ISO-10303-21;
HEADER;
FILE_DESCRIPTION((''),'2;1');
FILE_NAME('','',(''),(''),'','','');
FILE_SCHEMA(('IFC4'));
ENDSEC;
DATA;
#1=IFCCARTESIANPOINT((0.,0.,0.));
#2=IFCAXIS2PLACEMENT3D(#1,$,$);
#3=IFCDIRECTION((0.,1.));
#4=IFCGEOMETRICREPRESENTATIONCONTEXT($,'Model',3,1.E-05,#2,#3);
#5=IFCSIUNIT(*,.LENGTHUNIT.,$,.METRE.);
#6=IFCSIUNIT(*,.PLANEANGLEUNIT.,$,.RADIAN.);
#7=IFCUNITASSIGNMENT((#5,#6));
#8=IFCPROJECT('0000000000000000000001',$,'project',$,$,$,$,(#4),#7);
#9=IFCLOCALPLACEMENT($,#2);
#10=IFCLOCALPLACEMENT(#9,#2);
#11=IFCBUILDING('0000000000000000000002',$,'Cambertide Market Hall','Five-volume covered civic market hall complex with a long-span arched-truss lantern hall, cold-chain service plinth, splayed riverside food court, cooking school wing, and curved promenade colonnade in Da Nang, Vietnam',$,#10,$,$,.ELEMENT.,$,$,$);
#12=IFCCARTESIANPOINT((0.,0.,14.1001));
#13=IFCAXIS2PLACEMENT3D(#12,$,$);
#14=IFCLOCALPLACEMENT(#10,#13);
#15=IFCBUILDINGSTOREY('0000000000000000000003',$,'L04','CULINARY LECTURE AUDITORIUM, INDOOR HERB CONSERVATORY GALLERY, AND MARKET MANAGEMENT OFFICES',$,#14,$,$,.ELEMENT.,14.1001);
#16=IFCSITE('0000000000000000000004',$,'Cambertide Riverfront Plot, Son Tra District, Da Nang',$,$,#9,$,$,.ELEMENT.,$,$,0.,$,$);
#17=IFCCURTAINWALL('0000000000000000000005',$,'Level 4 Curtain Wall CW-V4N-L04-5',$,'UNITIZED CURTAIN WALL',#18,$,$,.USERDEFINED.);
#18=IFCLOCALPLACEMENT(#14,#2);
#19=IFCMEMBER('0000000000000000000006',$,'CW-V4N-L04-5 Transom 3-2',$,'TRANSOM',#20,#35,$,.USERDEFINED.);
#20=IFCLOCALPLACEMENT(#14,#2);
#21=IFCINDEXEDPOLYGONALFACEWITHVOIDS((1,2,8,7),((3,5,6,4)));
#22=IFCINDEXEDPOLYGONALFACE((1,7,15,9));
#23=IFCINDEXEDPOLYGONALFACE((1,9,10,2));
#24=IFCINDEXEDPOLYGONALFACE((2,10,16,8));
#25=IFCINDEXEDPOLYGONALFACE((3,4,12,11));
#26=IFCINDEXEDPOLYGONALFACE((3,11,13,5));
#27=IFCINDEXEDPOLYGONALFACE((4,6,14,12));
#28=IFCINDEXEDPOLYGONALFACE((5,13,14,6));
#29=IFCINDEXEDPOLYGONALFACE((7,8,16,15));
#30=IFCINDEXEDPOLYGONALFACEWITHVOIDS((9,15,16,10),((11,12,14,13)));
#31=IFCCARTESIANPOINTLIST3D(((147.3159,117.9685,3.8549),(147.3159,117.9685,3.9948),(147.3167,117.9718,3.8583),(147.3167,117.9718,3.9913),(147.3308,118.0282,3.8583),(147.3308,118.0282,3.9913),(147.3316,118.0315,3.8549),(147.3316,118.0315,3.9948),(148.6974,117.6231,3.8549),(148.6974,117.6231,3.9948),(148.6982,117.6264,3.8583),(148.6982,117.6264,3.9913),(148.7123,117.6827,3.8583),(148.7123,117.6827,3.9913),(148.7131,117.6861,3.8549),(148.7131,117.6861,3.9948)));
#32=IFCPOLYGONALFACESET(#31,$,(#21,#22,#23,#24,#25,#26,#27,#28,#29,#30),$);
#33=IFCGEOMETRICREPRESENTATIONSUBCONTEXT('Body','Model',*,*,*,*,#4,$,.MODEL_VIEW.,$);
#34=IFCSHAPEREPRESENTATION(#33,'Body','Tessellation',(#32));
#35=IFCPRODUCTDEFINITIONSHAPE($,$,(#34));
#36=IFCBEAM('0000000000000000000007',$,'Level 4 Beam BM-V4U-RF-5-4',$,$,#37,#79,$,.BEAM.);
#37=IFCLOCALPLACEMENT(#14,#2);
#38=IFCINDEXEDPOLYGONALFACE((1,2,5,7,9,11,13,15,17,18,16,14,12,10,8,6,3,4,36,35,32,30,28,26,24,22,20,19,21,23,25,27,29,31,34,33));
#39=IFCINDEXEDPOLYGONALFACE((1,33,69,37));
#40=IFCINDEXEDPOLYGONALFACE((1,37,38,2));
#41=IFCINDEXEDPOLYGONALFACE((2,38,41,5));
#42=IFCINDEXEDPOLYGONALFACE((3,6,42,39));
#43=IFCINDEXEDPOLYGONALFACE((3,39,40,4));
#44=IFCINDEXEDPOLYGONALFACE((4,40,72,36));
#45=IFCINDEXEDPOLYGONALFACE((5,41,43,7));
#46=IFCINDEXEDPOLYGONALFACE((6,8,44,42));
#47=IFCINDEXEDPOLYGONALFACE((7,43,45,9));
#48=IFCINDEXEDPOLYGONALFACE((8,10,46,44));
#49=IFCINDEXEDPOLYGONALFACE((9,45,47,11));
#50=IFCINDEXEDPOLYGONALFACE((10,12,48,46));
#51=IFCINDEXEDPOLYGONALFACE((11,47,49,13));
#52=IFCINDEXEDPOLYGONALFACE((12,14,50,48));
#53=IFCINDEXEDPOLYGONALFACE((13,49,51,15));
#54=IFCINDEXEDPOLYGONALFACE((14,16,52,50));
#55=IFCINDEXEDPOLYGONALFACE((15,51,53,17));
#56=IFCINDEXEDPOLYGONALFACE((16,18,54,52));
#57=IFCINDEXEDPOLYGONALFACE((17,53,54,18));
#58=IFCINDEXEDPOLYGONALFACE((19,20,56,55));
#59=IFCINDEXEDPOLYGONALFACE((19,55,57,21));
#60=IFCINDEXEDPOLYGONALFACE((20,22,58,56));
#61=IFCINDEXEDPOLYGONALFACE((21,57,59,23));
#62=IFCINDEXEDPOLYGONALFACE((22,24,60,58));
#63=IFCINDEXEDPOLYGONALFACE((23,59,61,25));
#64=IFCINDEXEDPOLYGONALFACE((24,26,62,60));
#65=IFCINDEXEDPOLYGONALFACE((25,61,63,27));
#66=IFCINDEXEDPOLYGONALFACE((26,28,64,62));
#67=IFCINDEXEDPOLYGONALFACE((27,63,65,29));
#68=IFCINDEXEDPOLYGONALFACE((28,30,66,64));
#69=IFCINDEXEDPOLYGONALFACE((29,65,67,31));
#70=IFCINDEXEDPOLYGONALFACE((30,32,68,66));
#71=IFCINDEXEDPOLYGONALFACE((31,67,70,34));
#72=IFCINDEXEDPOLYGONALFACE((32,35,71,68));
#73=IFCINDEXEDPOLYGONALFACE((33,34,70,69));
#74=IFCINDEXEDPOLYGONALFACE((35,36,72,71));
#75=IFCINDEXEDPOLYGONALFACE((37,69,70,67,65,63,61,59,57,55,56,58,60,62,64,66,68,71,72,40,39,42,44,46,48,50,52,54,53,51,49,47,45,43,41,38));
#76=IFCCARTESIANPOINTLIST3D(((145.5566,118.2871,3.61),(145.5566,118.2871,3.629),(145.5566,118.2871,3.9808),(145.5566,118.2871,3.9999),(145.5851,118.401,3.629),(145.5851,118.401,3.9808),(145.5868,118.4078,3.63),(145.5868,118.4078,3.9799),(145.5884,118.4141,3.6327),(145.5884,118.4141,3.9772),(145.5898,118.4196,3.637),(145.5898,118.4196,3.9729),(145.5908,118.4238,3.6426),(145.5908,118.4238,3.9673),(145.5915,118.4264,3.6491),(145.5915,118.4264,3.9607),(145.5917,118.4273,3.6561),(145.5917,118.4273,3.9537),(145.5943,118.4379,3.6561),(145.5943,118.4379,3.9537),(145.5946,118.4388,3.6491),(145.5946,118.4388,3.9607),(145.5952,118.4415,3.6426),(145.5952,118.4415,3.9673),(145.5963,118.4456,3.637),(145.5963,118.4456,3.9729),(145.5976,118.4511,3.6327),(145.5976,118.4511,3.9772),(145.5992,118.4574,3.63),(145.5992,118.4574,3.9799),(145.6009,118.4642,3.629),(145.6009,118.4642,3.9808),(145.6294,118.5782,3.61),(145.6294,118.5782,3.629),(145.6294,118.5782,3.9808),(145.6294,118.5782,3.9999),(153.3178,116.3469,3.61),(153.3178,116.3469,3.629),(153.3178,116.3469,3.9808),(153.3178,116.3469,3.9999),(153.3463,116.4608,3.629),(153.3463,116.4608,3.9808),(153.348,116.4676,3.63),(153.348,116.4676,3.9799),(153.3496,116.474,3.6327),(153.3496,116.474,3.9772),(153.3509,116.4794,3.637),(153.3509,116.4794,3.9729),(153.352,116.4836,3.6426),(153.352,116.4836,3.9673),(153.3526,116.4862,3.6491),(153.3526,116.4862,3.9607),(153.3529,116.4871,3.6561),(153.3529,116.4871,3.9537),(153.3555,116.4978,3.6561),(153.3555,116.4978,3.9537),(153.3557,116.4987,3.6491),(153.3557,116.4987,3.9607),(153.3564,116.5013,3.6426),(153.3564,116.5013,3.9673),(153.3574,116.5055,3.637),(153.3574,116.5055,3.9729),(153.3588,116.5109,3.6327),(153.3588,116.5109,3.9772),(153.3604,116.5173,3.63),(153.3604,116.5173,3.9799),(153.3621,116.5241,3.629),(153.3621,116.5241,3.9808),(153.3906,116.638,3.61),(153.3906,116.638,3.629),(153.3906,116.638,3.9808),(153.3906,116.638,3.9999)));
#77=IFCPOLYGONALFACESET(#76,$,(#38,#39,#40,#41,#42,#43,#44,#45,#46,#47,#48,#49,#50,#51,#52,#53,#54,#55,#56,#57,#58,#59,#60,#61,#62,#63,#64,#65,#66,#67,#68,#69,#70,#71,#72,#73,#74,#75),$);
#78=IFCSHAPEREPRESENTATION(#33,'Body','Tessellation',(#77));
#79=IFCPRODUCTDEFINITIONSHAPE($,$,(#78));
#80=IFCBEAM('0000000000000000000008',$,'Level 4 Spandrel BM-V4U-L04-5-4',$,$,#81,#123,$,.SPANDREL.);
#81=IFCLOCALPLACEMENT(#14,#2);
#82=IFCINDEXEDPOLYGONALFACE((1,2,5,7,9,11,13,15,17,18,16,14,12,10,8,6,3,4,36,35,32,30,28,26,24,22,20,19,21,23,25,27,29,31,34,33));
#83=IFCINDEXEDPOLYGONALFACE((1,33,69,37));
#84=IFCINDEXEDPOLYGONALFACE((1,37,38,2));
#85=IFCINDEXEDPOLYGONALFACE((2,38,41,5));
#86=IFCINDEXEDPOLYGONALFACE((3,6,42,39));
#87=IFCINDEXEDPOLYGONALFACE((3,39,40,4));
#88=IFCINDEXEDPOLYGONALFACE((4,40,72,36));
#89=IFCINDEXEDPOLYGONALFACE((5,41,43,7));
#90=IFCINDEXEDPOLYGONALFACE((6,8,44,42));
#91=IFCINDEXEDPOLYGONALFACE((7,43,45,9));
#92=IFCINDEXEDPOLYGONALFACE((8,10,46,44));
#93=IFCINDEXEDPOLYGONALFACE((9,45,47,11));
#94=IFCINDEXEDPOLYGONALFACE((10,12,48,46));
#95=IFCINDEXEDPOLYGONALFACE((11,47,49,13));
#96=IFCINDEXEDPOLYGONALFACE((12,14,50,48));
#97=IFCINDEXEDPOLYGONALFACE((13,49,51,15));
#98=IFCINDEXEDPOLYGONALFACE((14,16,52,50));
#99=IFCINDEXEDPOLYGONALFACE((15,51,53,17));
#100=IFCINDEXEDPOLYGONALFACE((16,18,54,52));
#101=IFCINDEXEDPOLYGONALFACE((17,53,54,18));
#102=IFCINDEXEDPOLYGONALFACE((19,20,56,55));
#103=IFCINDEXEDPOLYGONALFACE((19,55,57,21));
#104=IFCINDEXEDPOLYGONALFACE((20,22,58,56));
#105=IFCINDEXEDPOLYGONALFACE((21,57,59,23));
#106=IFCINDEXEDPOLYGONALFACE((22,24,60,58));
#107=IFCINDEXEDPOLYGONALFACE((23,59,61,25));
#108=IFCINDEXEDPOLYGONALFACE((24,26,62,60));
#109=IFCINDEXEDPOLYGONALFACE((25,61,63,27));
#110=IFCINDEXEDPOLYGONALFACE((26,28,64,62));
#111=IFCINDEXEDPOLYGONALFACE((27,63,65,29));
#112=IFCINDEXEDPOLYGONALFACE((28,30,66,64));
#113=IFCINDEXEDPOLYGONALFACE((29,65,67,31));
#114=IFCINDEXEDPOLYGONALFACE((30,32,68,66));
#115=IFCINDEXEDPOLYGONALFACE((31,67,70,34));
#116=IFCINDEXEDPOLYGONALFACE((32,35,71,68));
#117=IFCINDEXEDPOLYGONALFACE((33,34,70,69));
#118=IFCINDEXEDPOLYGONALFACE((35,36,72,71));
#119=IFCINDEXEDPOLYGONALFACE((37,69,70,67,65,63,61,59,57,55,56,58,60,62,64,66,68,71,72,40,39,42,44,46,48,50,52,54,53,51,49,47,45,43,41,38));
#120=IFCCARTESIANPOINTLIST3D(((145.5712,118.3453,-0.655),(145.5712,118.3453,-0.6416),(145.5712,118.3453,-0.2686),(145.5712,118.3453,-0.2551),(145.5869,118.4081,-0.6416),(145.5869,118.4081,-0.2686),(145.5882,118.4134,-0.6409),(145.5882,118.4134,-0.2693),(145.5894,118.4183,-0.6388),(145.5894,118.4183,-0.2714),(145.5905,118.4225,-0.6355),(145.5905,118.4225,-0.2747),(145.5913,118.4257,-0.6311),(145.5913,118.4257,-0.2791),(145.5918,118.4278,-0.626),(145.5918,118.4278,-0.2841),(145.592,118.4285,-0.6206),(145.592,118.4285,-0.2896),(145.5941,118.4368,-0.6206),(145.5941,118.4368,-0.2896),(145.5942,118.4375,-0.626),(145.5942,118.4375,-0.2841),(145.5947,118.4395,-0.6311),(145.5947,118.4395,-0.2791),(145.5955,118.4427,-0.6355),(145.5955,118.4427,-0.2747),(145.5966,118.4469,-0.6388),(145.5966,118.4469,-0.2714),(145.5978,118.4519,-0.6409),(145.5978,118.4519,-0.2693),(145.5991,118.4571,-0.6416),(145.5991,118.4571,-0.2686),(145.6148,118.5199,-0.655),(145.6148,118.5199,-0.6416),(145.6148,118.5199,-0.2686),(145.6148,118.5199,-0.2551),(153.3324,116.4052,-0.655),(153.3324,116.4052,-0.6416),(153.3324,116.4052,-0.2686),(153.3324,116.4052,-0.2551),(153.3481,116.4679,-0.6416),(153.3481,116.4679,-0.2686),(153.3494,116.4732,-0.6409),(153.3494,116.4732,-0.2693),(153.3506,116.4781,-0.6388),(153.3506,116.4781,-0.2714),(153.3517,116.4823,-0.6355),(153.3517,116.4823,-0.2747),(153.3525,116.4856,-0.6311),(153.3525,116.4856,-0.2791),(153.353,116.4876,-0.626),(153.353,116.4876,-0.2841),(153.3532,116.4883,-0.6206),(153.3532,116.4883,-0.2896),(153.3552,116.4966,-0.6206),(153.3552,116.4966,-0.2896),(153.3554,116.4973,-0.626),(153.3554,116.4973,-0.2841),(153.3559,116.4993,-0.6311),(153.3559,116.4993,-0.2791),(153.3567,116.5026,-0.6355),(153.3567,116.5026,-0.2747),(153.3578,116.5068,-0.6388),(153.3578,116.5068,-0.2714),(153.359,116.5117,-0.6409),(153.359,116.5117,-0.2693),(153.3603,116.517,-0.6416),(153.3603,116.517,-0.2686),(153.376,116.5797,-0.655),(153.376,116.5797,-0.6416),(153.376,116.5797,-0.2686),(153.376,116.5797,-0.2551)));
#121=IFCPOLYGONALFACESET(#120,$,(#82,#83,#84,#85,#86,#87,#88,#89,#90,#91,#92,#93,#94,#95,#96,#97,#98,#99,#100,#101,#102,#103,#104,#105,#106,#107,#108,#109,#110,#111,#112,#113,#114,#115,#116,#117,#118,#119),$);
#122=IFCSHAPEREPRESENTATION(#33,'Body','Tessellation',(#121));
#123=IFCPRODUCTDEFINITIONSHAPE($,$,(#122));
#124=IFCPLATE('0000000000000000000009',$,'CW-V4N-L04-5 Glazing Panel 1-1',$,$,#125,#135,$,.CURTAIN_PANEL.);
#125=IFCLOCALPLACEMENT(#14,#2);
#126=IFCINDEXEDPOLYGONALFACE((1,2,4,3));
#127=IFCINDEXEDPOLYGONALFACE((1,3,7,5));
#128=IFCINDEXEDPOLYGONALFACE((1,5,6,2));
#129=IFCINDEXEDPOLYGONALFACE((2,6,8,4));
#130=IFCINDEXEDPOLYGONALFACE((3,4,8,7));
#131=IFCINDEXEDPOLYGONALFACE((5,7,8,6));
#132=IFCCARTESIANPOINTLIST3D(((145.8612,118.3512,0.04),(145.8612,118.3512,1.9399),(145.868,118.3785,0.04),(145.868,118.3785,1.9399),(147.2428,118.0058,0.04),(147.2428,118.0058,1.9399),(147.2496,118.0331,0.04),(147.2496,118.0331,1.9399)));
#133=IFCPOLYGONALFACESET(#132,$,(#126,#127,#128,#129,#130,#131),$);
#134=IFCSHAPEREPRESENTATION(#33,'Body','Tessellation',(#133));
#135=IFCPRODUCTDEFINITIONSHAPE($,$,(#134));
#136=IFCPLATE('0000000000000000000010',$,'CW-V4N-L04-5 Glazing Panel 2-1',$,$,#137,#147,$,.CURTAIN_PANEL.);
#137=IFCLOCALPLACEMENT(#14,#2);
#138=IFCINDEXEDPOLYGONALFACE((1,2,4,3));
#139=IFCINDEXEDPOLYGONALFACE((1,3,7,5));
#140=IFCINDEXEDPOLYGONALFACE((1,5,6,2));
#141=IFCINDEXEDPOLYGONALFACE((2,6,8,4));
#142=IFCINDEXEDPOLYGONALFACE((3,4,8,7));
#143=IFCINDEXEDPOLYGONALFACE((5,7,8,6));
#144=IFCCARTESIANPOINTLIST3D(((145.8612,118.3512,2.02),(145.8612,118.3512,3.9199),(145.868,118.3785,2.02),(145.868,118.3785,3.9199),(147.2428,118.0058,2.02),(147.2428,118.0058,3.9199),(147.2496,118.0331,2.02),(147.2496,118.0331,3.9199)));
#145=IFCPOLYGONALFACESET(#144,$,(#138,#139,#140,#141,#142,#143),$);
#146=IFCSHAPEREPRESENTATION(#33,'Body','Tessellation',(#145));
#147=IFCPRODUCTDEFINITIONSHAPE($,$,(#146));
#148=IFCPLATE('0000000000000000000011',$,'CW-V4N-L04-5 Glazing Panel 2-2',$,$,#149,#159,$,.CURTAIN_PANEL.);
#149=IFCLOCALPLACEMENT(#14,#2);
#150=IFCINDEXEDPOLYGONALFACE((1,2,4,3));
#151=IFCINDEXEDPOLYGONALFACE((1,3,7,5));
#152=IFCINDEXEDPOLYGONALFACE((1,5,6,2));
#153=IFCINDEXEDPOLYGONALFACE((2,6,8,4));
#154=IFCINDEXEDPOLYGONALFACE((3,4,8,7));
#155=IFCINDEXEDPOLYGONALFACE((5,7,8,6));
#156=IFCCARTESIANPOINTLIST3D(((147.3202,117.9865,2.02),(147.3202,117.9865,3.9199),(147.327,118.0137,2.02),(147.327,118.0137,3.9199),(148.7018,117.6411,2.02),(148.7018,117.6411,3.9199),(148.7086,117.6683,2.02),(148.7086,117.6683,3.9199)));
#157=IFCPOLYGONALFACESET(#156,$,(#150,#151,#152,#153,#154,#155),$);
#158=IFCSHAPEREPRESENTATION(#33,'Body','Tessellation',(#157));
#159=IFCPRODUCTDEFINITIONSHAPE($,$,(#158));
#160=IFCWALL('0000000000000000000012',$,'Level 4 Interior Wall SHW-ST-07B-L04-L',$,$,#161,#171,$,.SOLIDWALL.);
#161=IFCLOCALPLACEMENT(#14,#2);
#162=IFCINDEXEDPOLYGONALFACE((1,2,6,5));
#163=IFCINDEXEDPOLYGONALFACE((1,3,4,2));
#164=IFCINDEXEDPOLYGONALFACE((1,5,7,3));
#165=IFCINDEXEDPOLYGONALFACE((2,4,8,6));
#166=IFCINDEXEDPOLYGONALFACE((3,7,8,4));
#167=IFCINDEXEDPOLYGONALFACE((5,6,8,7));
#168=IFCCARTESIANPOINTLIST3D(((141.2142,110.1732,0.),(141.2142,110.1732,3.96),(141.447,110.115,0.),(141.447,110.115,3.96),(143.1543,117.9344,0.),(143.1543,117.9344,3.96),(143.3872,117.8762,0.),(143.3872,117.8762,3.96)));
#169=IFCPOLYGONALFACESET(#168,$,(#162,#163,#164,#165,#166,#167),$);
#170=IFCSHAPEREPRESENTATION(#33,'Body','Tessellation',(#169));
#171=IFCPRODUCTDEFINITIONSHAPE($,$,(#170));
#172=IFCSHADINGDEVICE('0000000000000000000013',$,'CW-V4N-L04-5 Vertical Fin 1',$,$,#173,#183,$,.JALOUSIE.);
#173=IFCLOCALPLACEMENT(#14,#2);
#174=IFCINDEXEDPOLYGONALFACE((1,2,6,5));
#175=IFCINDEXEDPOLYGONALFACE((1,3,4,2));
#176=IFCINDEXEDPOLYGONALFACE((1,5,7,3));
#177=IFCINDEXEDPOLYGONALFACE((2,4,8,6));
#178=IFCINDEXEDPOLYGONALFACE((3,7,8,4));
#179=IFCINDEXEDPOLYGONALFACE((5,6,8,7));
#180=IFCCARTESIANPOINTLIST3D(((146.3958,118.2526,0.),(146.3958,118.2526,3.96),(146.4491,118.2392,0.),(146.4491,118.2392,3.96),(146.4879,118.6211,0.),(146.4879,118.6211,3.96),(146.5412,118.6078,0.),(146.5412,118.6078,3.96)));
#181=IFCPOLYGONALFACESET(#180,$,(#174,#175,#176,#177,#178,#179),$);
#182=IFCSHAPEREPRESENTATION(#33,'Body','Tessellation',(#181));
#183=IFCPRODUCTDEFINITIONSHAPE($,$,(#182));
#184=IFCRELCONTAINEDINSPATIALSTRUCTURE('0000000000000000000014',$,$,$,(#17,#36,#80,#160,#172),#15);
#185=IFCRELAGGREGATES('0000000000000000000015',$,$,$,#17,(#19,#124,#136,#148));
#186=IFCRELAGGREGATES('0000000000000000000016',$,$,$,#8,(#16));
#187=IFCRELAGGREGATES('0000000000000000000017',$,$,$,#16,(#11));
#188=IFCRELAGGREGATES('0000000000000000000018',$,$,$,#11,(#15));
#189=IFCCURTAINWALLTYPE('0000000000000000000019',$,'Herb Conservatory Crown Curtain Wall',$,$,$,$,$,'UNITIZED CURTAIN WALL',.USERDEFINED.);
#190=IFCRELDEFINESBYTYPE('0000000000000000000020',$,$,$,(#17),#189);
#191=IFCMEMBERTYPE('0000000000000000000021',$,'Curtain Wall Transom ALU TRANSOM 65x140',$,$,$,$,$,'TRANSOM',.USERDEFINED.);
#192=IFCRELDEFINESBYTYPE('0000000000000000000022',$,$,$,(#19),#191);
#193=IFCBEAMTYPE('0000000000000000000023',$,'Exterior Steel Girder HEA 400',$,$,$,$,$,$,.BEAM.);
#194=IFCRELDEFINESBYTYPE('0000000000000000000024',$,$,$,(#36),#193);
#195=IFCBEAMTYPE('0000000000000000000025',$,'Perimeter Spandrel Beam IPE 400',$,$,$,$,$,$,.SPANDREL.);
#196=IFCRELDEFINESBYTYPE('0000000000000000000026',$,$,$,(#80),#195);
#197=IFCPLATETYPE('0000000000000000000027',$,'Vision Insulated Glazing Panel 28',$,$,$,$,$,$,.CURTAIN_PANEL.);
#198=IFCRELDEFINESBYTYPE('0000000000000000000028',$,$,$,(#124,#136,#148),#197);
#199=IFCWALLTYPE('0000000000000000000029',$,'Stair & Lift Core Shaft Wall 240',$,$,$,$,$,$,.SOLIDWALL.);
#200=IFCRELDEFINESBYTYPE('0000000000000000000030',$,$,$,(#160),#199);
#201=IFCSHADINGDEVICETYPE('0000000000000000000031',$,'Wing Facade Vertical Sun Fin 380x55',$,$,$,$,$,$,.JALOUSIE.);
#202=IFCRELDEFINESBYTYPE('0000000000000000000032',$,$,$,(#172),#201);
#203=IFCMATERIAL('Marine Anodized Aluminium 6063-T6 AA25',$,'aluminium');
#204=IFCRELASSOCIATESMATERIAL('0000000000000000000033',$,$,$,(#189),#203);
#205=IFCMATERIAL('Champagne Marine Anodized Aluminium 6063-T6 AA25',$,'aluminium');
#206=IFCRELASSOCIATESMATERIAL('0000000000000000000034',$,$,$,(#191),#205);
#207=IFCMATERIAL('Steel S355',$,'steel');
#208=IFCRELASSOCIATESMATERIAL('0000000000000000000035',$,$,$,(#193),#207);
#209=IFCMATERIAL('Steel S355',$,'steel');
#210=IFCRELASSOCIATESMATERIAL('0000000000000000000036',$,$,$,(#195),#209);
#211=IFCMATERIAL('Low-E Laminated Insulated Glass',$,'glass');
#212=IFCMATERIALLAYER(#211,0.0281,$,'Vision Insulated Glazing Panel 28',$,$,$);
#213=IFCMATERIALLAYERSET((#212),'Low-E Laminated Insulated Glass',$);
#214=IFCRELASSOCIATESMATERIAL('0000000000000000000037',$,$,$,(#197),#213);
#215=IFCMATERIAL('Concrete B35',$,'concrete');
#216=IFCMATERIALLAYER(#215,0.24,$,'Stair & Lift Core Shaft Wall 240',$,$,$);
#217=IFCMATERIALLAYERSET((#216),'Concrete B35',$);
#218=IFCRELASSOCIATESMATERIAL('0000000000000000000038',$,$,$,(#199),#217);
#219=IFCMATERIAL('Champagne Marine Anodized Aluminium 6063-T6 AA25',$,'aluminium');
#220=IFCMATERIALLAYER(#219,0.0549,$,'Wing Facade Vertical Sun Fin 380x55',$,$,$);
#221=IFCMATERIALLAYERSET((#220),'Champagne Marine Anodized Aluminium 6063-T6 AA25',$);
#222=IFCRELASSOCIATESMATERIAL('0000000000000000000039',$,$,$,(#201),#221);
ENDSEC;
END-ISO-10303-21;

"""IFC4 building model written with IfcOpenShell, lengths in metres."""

from ifc_helpers import new_model, si_unit, direction, frame, frame_2d, origin, origin_2d, place, context, subcontext, project, spatial, rectangle, hollow_rectangle, i_section, extrude, material, layer, layer_set, material_profile, profile_set, type_object, element, aggregate, save


model = new_model("IFC4")

# Units and contexts
model_context = context("Model", 3, precision=1e-05, world=origin(), true_north=direction((0.0, 1.0)))
body_context = subcontext(model_context, "Body", "Model", "MODEL_VIEW")
ifc_project = project(units=[si_unit("LENGTHUNIT", "METRE"), si_unit("PLANEANGLEUNIT", "RADIAN")], contexts=[model_context])

# Site, building, storey
site_placement = place(None, origin())
site = spatial("IfcSite", under=ifc_project, at=site_placement, Name="Cambertide Riverfront Plot, Son Tra District, Da Nang", CompositionType="ELEMENT", RefElevation=0.0)
building_placement = place(site_placement, origin())
building = spatial("IfcBuilding", under=site, at=building_placement, Name="Cambertide Market Hall", Description="Five-volume covered civic market hall complex with a long-span arched-truss lantern hall, cold-chain service plinth, splayed riverside food court, cooking school wing, and curved promenade colonnade in Da Nang, Vietnam", CompositionType="ELEMENT")
storey_placement = place(building_placement, frame((0.0, 0.0, 14.1001)))
storey = spatial("IfcBuildingStorey", under=building, at=storey_placement, Name="L04", Description="CULINARY LECTURE AUDITORIUM, INDOOR HERB CONSERVATORY GALLERY, AND MARKET MANAGEMENT OFFICES", CompositionType="ELEMENT", Elevation=14.1001)

# Shared definitions
ifc_material_1 = material(Name="Marine Anodized Aluminium 6063-T6 AA25", Category="aluminium")
curtain_wall_type = type_object("IfcCurtainWallType", Name="Herb Conservatory Crown Curtain Wall", ElementType="UNITIZED CURTAIN WALL", PredefinedType="USERDEFINED", material=ifc_material_1)

# Curtain wall, member
curtain_wall_1_placement = place(storey_placement, origin())
curtain_wall_1 = element("IfcCurtainWall", 1, at=curtain_wall_1_placement, inside=storey, type_object=curtain_wall_type, Name="Level 4 Curtain Wall CW-V4N-L04-5", ObjectType="UNITIZED CURTAIN WALL", PredefinedType="USERDEFINED")
ifc_material_2 = material(Name="Champagne Marine Anodized Aluminium 6063-T6 AA25", Category="aluminium")
ifc_material_profile_1 = material_profile(ifc_material_2, hollow_rectangle(XDim=0.0649, YDim=0.1399, WallThickness=0.0034, at=origin_2d()), Name="ALU TRANSOM 65x140")
ifc_profile_set_1 = profile_set([ifc_material_profile_1], Name="Champagne Marine Anodized Aluminium 6063-T6 AA25")
member_type_1 = type_object("IfcMemberType", Name="Curtain Wall Transom ALU TRANSOM 65x140", ElementType="TRANSOM", PredefinedType="USERDEFINED", material=ifc_profile_set_1)
member_1_placement = place(storey_placement, frame((147.3237, 118.0, 3.9248), z_axis=(0.970132, -0.242576, 0.0), x_axis=(0.242576, 0.970132, 0.0)))
member_1 = element("IfcMember", 2, at=member_1_placement, type_object=member_type_1, Name="CW-V4N-L04-5 Transom 3-2", ObjectType="TRANSOM", PredefinedType="USERDEFINED", context=body_context, shape_type="SweptSolid", body=[
    extrude(hollow_rectangle(XDim=0.0649, YDim=0.1399, WallThickness=0.0034, at=origin_2d()), origin(), (0.0, 0.0, 1.0), 1.4241),
])

# Beams
ifc_material_3 = material(Name="Steel S355", Category="steel")
ifc_material_profile_2 = material_profile(ifc_material_3, i_section(OverallWidth=0.3, OverallDepth=0.3899, WebThickness=0.011, FlangeThickness=0.019, FilletRadius=0.0271, at=origin_2d()), Name="HEA 400")
ifc_profile_set_2 = profile_set([ifc_material_profile_2], Name="Steel S355")
beam_type_1 = type_object("IfcBeamType", Name="Exterior Steel Girder HEA 400", PredefinedType="BEAM", material=ifc_profile_set_2)
beam_1_placement = place(storey_placement, frame((145.593, 118.4326, 3.8049), z_axis=(0.970146, -0.242521, 0.0), x_axis=(0.242521, 0.970146, 0.0)))
element("IfcBeam", 3, at=beam_1_placement, inside=storey, type_object=beam_type_1, Name="Level 4 Beam BM-V4U-RF-5-4", PredefinedType="BEAM", context=body_context, shape_type="SweptSolid", body=[
    extrude(i_section(OverallWidth=0.3, OverallDepth=0.3899, WebThickness=0.011, FlangeThickness=0.019, FilletRadius=0.0271, at=origin_2d()), origin(), (0.0, 0.0, 1.0), 8.0),
])
ifc_material_4 = material(Name="Steel S355", Category="steel")
ifc_material_profile_3 = material_profile(ifc_material_4, i_section(OverallWidth=0.1799, OverallDepth=0.3999, WebThickness=0.0085, FlangeThickness=0.0134, FilletRadius=0.021, at=origin_2d()), Name="IPE 400")
ifc_profile_set_3 = profile_set([ifc_material_profile_3], Name="Steel S355")
beam_type_2 = type_object("IfcBeamType", Name="Perimeter Spandrel Beam IPE 400", PredefinedType="SPANDREL", material=ifc_profile_set_3)
beam_2_placement = place(storey_placement, frame((145.593, 118.4326, -0.4551), z_axis=(0.970146, -0.242521, 0.0), x_axis=(0.242521, 0.970146, 0.0)))
element("IfcBeam", 4, at=beam_2_placement, inside=storey, type_object=beam_type_2, Name="Level 4 Spandrel BM-V4U-L04-5-4", PredefinedType="SPANDREL", context=body_context, shape_type="SweptSolid", body=[
    extrude(i_section(OverallWidth=0.1799, OverallDepth=0.3999, WebThickness=0.0085, FlangeThickness=0.0134, FilletRadius=0.021, at=origin_2d()), origin(), (0.0, 0.0, 1.0), 8.0),
])

# Plates
ifc_material_5 = material(Name="Low-E Laminated Insulated Glass", Category="glass")
ifc_layer_1 = layer(ifc_material_5, 0.0281, Name="Vision Insulated Glazing Panel 28")
ifc_layer_set_1 = layer_set([ifc_layer_1], Name="Low-E Laminated Insulated Glass")
plate_type = type_object("IfcPlateType", Name="Vision Insulated Glazing Panel 28", PredefinedType="CURTAIN_PANEL", material=ifc_layer_set_1)
plate_1_placement = place(storey_placement, frame((146.5554, 118.1921, 0.04), z_axis=(0.0, 0.0, 1.0), x_axis=(0.970143, -0.242536, 0.0)))
plate_1 = element("IfcPlate", 5, at=plate_1_placement, type_object=plate_type, Name="CW-V4N-L04-5 Glazing Panel 1-1", PredefinedType="CURTAIN_PANEL", context=body_context, shape_type="SweptSolid", body=[
    extrude(rectangle(XDim=1.4241, YDim=0.0281, at=origin_2d()), origin(), (0.0, 0.0, 1.0), 1.8999),
])
plate_2_placement = place(storey_placement, frame((146.5554, 118.1921, 2.02), z_axis=(0.0, 0.0, 1.0), x_axis=(0.970143, -0.242536, 0.0)))
plate_2 = element("IfcPlate", 6, at=plate_2_placement, type_object=plate_type, Name="CW-V4N-L04-5 Glazing Panel 2-1", PredefinedType="CURTAIN_PANEL", context=body_context, shape_type="SweptSolid", body=[
    extrude(rectangle(XDim=1.4241, YDim=0.0281, at=origin_2d()), origin(), (0.0, 0.0, 1.0), 1.8999),
])
plate_3_placement = place(storey_placement, frame((148.0144, 117.8274, 2.02), z_axis=(0.0, 0.0, 1.0), x_axis=(0.970143, -0.242536, 0.0)))
plate_3 = element("IfcPlate", 7, at=plate_3_placement, type_object=plate_type, Name="CW-V4N-L04-5 Glazing Panel 2-2", PredefinedType="CURTAIN_PANEL", context=body_context, shape_type="SweptSolid", body=[
    extrude(rectangle(XDim=1.4241, YDim=0.0281, at=origin_2d()), origin(), (0.0, 0.0, 1.0), 1.8999),
])
aggregate(curtain_wall_1, [member_1, plate_1, plate_2, plate_3])

# Wall
ifc_material_6 = material(Name="Concrete B35", Category="concrete")
ifc_layer_2 = layer(ifc_material_6, 0.24, Name="Stair & Lift Core Shaft Wall 240")
ifc_layer_set_2 = layer_set([ifc_layer_2], Name="Concrete B35")
wall_type = type_object("IfcWallType", Name="Stair & Lift Core Shaft Wall 240", PredefinedType="SOLIDWALL", material=ifc_layer_set_2)
wall_placement = place(storey_placement, frame((143.2708, 117.9053, 0.0), z_axis=(0.0, 0.0, 1.0), x_axis=(-0.242521, -0.970146, 0.0)))
element("IfcWall", 8, at=wall_placement, inside=storey, type_object=wall_type, Name="Level 4 Interior Wall SHW-ST-07B-L04-L", PredefinedType="SOLIDWALL", context=body_context, shape_type="SweptSolid", body=[
    extrude(rectangle(XDim=8.0, YDim=0.24, at=frame_2d((4.0, 0.0))), origin(), (0.0, 0.0, 1.0), 3.96),
])

# Shading device
ifc_material_7 = material(Name="Champagne Marine Anodized Aluminium 6063-T6 AA25", Category="aluminium")
ifc_layer_3 = layer(ifc_material_7, 0.0549, Name="Wing Facade Vertical Sun Fin 380x55")
ifc_layer_set_3 = layer_set([ifc_layer_3], Name="Champagne Marine Anodized Aluminium 6063-T6 AA25")
shading_device_type = type_object("IfcShadingDeviceType", Name="Wing Facade Vertical Sun Fin 380x55", PredefinedType="JALOUSIE", material=ifc_layer_set_3)
for number, where, z_axis, x_axis, name in (
    (9, (146.4685, 118.4302, 0.0), (0.0, 0.0, 1.0), (0.970143, -0.242536, 0.0), "CW-V4N-L04-5 Vertical Fin 1"),
):
    element("IfcShadingDevice", number, at=place(storey_placement, frame(where, z_axis=z_axis, x_axis=x_axis)), inside=storey, type_object=shading_device_type, Name=name, PredefinedType="JALOUSIE", context=body_context, shape_type="SweptSolid", body=[
        extrude(rectangle(XDim=0.0549, YDim=0.3799, at=origin_2d()), origin(), (0.0, 0.0, 1.0), 3.96),
    ])

save(model, "model.ifc")
